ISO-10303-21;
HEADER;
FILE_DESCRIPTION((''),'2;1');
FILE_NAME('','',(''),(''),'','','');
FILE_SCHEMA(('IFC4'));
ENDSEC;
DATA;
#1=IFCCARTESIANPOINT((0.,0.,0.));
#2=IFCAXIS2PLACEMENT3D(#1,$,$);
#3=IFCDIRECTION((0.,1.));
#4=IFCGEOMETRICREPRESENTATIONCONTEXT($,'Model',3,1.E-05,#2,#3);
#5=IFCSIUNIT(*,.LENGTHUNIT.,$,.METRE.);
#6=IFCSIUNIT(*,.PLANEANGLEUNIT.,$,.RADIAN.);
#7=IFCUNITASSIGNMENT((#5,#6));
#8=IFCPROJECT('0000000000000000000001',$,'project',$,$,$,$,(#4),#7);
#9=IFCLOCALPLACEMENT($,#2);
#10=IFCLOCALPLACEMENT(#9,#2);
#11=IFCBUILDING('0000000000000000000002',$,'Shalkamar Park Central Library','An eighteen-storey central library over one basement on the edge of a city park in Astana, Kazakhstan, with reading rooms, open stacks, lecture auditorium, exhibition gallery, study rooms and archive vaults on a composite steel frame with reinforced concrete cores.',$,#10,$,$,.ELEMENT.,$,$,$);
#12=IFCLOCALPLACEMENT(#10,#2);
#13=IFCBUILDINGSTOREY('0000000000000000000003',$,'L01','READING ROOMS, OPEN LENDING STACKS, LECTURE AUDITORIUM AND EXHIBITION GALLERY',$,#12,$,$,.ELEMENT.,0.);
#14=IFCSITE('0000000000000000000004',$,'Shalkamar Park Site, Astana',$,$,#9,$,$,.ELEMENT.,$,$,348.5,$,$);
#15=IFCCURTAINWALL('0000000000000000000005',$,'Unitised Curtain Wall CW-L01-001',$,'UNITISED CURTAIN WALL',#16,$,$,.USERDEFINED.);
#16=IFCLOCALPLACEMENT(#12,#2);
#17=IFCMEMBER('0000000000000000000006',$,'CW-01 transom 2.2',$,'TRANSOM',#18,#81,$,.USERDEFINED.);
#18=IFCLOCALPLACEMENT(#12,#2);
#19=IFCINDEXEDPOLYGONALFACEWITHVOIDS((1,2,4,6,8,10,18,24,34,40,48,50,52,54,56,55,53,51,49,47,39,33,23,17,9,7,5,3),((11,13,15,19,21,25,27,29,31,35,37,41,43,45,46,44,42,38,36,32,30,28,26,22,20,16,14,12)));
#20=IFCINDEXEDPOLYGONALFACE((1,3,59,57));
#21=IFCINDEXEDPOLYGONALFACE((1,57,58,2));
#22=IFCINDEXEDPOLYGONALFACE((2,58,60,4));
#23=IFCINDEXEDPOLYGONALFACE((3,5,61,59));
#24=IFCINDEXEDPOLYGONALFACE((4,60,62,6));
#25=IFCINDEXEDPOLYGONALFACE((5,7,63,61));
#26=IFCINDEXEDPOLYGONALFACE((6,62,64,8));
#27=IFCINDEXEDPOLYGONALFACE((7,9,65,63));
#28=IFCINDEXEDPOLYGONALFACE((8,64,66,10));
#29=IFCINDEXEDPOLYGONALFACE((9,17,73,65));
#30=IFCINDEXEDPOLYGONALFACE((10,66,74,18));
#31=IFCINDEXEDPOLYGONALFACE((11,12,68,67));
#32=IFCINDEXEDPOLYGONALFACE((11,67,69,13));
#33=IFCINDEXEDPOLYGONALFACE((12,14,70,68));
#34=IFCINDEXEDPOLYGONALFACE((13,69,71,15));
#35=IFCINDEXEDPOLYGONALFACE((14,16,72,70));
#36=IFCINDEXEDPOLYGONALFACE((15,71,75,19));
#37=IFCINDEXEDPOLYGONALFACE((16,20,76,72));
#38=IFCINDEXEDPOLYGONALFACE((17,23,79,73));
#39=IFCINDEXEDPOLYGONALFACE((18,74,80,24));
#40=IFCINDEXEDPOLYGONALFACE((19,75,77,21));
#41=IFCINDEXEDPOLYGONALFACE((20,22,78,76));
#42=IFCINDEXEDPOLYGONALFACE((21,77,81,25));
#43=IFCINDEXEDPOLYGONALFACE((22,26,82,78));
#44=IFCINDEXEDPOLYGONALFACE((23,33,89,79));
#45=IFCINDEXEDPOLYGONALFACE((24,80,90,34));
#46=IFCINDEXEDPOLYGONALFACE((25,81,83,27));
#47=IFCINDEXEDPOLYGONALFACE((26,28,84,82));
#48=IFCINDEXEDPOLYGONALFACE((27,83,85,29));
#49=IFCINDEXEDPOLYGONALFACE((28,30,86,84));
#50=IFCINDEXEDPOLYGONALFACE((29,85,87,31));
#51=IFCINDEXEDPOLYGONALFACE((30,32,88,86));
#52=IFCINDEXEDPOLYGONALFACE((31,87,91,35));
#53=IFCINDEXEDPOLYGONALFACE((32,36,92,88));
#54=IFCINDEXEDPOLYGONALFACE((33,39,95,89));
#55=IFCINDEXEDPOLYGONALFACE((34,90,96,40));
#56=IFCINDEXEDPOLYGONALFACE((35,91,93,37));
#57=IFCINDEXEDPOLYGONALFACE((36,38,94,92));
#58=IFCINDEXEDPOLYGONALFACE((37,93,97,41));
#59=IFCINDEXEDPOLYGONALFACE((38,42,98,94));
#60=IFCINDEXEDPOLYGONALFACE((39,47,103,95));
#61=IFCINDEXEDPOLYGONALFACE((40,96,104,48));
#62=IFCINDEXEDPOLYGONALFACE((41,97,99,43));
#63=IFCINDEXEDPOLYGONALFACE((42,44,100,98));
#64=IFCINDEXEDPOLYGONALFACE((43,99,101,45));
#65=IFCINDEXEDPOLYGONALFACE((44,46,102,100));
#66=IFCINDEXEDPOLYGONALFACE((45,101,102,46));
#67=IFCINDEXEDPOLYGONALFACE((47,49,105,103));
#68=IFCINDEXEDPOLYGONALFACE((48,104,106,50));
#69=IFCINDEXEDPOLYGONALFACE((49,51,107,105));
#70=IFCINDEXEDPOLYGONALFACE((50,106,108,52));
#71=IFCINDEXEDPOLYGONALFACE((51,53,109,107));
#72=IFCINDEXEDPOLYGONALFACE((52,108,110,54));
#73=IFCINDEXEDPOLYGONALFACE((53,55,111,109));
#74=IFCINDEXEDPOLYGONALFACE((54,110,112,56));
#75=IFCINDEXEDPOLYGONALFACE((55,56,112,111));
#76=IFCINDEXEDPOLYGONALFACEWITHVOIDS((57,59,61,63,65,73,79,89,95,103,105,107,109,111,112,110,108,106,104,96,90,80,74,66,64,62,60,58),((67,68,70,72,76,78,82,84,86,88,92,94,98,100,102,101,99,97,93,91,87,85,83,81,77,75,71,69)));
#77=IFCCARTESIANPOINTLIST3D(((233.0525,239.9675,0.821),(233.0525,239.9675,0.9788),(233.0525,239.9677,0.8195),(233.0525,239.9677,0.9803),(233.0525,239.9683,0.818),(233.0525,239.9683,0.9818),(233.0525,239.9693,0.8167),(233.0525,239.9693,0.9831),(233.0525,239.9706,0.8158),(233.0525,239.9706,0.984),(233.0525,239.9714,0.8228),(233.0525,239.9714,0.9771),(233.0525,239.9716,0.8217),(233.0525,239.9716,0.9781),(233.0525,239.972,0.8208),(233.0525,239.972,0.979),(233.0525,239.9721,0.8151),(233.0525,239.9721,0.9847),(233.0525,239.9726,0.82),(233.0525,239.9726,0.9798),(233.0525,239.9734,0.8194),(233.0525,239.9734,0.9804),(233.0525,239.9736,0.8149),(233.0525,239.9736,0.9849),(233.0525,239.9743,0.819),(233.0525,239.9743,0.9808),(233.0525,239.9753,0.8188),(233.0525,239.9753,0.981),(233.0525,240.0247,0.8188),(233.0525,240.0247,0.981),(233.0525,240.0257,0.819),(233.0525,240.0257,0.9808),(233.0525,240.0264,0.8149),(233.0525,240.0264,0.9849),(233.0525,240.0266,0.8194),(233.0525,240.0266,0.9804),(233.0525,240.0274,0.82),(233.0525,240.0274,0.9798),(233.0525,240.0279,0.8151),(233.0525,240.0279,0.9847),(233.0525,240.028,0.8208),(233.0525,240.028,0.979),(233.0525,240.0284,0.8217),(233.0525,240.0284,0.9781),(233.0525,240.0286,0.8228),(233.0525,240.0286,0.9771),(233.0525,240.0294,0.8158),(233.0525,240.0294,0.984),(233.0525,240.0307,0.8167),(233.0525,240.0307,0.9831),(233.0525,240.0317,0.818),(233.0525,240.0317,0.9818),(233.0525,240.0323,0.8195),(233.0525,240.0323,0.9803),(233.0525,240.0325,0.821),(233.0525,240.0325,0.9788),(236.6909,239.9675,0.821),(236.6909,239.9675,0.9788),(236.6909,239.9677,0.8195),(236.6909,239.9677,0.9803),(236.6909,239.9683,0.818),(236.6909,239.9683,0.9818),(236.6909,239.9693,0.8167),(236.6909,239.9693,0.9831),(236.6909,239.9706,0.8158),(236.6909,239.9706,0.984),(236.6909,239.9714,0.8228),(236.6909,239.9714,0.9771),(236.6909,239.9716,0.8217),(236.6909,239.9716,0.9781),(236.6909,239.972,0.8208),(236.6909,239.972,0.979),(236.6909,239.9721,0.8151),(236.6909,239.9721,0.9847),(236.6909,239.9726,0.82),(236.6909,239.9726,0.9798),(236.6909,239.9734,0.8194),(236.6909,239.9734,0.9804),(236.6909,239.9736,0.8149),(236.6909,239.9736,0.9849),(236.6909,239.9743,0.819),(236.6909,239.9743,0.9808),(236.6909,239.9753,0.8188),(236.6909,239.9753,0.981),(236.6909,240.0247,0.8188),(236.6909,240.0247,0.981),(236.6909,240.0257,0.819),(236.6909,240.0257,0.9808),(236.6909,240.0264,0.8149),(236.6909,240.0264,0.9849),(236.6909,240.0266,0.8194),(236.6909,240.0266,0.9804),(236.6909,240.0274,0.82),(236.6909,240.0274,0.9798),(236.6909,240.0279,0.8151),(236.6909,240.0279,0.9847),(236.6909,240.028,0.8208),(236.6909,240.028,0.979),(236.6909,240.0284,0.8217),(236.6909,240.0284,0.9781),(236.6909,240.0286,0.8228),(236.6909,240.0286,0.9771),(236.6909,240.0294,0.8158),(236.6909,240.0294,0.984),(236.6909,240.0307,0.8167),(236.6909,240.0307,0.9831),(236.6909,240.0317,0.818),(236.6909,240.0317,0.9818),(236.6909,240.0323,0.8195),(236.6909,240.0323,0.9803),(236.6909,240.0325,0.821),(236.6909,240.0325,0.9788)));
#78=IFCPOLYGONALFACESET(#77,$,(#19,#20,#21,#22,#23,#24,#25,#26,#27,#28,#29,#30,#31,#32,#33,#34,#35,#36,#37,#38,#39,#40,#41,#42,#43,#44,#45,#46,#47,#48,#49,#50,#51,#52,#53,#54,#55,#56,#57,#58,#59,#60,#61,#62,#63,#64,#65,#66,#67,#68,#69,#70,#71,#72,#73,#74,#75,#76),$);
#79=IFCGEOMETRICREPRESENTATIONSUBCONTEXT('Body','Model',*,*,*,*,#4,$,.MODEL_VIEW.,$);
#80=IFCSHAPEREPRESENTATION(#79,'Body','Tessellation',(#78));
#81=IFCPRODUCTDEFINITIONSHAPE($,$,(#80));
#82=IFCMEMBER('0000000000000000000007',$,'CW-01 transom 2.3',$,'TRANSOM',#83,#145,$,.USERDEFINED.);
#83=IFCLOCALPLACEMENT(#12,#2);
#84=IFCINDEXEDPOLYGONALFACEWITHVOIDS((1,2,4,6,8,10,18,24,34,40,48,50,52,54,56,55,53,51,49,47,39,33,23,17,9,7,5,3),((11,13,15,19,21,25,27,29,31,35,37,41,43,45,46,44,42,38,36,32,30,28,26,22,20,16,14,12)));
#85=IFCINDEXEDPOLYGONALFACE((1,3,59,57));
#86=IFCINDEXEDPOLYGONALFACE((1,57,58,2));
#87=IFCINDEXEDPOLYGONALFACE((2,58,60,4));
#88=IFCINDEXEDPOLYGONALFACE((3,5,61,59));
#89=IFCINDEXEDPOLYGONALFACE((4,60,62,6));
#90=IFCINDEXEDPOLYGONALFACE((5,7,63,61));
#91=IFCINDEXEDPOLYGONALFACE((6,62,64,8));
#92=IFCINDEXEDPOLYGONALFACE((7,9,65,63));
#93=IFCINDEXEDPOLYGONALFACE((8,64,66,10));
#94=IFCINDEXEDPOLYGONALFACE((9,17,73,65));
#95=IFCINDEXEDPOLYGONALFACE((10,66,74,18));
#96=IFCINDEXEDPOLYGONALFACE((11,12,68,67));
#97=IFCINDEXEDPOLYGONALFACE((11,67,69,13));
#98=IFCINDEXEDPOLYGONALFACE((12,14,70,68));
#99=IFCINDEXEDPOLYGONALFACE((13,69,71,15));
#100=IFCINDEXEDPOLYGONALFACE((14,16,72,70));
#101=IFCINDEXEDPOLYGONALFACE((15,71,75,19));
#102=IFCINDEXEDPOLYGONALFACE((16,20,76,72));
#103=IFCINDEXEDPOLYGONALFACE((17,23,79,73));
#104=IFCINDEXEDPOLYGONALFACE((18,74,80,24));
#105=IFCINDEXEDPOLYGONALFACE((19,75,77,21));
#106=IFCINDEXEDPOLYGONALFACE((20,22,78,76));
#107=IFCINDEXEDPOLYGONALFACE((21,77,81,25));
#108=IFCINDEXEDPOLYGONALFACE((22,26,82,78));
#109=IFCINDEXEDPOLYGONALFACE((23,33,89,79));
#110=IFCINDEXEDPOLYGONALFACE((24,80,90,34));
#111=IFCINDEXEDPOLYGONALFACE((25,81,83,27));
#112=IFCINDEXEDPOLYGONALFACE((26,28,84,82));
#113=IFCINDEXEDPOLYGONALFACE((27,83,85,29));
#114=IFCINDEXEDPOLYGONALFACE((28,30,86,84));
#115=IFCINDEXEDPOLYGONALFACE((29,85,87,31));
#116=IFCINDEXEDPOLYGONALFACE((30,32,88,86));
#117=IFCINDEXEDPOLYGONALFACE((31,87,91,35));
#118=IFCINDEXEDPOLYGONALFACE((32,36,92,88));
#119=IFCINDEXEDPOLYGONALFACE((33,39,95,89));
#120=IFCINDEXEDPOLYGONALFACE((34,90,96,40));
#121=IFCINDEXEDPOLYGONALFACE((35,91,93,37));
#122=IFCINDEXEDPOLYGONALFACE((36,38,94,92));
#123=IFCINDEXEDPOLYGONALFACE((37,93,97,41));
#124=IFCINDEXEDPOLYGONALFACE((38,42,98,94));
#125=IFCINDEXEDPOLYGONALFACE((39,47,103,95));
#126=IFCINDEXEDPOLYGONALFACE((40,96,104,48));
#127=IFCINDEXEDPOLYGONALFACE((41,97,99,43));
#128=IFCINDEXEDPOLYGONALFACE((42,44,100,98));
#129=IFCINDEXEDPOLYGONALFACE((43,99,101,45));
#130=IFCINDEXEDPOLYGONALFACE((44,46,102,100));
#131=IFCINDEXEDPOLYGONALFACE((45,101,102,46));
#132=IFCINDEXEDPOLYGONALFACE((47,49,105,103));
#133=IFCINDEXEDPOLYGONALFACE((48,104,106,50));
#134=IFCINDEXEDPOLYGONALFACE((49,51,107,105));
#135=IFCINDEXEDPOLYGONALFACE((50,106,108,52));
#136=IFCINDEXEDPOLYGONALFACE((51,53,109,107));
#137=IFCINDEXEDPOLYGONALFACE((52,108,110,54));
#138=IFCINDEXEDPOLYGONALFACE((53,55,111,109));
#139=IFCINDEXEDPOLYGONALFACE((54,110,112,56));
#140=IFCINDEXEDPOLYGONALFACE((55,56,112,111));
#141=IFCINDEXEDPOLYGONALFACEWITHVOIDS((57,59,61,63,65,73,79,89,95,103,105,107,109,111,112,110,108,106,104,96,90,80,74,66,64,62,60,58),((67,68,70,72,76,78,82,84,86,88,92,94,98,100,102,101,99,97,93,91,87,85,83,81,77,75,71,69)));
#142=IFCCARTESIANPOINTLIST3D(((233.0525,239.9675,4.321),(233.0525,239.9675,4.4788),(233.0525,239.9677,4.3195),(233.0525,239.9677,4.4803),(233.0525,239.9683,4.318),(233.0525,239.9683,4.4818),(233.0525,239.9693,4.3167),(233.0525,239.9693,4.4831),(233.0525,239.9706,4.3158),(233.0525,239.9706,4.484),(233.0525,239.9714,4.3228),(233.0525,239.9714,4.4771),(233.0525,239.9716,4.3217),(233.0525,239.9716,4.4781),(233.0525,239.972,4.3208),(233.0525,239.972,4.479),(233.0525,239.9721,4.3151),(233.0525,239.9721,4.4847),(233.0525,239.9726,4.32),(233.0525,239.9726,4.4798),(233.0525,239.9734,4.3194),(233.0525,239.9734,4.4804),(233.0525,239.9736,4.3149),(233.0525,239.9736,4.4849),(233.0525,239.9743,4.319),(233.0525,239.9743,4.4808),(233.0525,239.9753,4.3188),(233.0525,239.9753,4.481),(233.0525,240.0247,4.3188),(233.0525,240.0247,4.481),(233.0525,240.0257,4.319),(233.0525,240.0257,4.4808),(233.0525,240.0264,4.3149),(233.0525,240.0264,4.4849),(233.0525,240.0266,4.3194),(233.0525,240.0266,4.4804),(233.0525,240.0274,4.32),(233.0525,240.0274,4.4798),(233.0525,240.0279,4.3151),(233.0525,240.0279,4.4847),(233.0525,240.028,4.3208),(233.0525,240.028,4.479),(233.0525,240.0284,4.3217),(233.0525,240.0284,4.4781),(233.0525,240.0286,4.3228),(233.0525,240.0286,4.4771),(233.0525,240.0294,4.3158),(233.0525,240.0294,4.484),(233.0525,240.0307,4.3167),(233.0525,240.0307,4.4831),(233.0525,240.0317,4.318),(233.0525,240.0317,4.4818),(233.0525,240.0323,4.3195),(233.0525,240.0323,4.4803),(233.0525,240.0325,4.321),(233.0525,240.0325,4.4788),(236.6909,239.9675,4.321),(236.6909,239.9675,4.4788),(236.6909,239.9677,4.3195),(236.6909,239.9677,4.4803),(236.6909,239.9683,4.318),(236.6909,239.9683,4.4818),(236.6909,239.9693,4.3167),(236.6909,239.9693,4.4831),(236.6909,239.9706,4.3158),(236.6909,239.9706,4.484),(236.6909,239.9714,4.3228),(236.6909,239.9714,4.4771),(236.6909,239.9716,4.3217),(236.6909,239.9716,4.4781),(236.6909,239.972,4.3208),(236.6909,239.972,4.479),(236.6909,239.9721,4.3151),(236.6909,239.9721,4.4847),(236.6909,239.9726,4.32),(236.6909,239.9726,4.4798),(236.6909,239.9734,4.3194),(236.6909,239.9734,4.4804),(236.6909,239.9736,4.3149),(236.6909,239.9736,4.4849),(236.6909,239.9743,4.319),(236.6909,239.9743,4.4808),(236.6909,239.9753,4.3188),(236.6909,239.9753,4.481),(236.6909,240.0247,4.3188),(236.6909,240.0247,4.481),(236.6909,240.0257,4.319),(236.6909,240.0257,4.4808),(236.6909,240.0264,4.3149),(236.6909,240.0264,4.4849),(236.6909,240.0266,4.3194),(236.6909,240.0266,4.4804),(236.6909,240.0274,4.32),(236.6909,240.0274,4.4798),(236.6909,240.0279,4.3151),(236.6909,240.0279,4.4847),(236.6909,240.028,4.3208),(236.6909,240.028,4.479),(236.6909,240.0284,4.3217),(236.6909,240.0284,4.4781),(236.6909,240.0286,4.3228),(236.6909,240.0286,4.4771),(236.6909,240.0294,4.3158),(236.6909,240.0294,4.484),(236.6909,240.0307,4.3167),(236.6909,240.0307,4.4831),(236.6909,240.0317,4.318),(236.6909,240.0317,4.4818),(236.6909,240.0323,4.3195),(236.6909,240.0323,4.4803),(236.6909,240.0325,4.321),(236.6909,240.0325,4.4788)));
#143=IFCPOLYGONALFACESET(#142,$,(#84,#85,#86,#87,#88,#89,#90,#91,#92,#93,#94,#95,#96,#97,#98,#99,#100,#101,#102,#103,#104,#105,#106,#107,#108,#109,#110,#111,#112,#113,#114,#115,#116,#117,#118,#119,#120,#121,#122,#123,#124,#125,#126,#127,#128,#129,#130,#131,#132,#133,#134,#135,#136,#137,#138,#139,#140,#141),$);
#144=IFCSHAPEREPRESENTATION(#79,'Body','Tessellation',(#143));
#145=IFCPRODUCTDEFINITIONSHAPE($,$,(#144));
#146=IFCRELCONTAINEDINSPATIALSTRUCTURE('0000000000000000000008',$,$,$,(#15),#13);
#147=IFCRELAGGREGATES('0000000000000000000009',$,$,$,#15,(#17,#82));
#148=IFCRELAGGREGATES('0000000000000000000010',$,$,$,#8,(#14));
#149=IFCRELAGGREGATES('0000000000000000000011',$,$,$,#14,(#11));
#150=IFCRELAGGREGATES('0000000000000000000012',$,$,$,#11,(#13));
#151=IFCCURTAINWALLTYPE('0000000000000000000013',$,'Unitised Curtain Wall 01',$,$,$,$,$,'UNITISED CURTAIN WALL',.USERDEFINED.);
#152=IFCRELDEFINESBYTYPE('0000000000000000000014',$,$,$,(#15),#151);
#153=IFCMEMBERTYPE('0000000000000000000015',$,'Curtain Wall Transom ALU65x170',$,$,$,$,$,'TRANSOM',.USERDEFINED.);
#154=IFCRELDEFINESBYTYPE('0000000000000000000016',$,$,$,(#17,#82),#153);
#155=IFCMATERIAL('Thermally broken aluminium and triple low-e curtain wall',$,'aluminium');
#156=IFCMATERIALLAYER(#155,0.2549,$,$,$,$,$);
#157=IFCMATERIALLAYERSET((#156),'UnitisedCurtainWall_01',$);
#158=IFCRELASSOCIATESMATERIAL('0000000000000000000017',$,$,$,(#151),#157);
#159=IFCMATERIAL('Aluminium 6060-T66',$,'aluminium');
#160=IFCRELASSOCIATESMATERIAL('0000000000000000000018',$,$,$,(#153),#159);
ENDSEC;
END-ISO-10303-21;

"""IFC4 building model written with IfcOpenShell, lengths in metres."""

from ifc_helpers import new_model, si_unit, direction, frame, origin, origin_2d, place, context, subcontext, project, spatial, hollow_rectangle, extrude, material, layer, layer_set, material_profile, profile_set, type_object, element, aggregate, save


model = new_model("IFC4")

# Units and contexts
model_context = context("Model", 3, precision=1e-05, world=origin(), true_north=direction((0.0, 1.0)))
body_context = subcontext(model_context, "Body", "Model", "MODEL_VIEW")
ifc_project = project(units=[si_unit("LENGTHUNIT", "METRE"), si_unit("PLANEANGLEUNIT", "RADIAN")], contexts=[model_context])

# Site, building, storey
site_placement = place(None, origin())
site = spatial("IfcSite", under=ifc_project, at=site_placement, Name="Shalkamar Park Site, Astana", CompositionType="ELEMENT", RefElevation=348.5)
building_placement = place(site_placement, origin())
building = spatial("IfcBuilding", under=site, at=building_placement, Name="Shalkamar Park Central Library", Description="An eighteen-storey central library over one basement on the edge of a city park in Astana, Kazakhstan, with reading rooms, open stacks, lecture auditorium, exhibition gallery, study rooms and archive vaults on a composite steel frame with reinforced concrete cores.", CompositionType="ELEMENT")
storey_placement = place(building_placement, origin())
storey = spatial("IfcBuildingStorey", under=building, at=storey_placement, Name="L01", Description="READING ROOMS, OPEN LENDING STACKS, LECTURE AUDITORIUM AND EXHIBITION GALLERY", CompositionType="ELEMENT", Elevation=0.0)

# Curtain wall
ifc_material_1 = material(Name="Thermally broken aluminium and triple low-e curtain wall", Category="aluminium")
ifc_layer_1 = layer(ifc_material_1, 0.2549)
ifc_layer_set_1 = layer_set([ifc_layer_1], Name="UnitisedCurtainWall_01")
curtain_wall_type_1 = type_object("IfcCurtainWallType", Name="Unitised Curtain Wall 01", ElementType="UNITISED CURTAIN WALL", PredefinedType="USERDEFINED", material=ifc_layer_set_1)
curtain_wall_1_placement = place(storey_placement, origin())
curtain_wall_1 = element("IfcCurtainWall", 1, at=curtain_wall_1_placement, inside=storey, type_object=curtain_wall_type_1, Name="Unitised Curtain Wall CW-L01-001", ObjectType="UNITISED CURTAIN WALL", PredefinedType="USERDEFINED")
ifc_material_2 = material(Name="Aluminium 6060-T66", Category="aluminium")

# Members
ifc_material_profile_1 = material_profile(ifc_material_2, hollow_rectangle(XDim=0.0649, YDim=0.1699, WallThickness=0.0039, InnerFilletRadius=0.0039, OuterFilletRadius=0.0061, at=origin_2d()), Name="ALU 65x170x4")
ifc_profile_set_1 = profile_set([ifc_material_profile_1], Name="Aluminium 6060-T66")
member_type_1 = type_object("IfcMemberType", Name="Curtain Wall Transom ALU65x170", ElementType="TRANSOM", PredefinedType="USERDEFINED", material=ifc_profile_set_1)
member_1_placement = place(storey_placement, frame((233.0525, 240.0, 0.8999), z_axis=(1.0, 0.0, 0.0), x_axis=(0.0, 1.0, 0.0)))
member_1 = element("IfcMember", 2, at=member_1_placement, type_object=member_type_1, Name="CW-01 transom 2.2", ObjectType="TRANSOM", PredefinedType="USERDEFINED", context=body_context, shape_type="SweptSolid", body=[
    extrude(hollow_rectangle(XDim=0.0649, YDim=0.1699, WallThickness=0.0039, InnerFilletRadius=0.0039, OuterFilletRadius=0.0061, at=origin_2d()), origin(), (0.0, 0.0, 1.0), 3.6384),
])
member_2_placement = place(storey_placement, frame((233.0525, 240.0, 4.3999), z_axis=(1.0, 0.0, 0.0), x_axis=(0.0, 1.0, 0.0)))
member_2 = element("IfcMember", 3, at=member_2_placement, type_object=member_type_1, Name="CW-01 transom 2.3", ObjectType="TRANSOM", PredefinedType="USERDEFINED", context=body_context, shape_type="SweptSolid", body=[
    extrude(hollow_rectangle(XDim=0.0649, YDim=0.1699, WallThickness=0.0039, InnerFilletRadius=0.0039, OuterFilletRadius=0.0061, at=origin_2d()), origin(), (0.0, 0.0, 1.0), 3.6384),
])

aggregate(curtain_wall_1, [member_1, member_2])

save(model, "model.ifc")
